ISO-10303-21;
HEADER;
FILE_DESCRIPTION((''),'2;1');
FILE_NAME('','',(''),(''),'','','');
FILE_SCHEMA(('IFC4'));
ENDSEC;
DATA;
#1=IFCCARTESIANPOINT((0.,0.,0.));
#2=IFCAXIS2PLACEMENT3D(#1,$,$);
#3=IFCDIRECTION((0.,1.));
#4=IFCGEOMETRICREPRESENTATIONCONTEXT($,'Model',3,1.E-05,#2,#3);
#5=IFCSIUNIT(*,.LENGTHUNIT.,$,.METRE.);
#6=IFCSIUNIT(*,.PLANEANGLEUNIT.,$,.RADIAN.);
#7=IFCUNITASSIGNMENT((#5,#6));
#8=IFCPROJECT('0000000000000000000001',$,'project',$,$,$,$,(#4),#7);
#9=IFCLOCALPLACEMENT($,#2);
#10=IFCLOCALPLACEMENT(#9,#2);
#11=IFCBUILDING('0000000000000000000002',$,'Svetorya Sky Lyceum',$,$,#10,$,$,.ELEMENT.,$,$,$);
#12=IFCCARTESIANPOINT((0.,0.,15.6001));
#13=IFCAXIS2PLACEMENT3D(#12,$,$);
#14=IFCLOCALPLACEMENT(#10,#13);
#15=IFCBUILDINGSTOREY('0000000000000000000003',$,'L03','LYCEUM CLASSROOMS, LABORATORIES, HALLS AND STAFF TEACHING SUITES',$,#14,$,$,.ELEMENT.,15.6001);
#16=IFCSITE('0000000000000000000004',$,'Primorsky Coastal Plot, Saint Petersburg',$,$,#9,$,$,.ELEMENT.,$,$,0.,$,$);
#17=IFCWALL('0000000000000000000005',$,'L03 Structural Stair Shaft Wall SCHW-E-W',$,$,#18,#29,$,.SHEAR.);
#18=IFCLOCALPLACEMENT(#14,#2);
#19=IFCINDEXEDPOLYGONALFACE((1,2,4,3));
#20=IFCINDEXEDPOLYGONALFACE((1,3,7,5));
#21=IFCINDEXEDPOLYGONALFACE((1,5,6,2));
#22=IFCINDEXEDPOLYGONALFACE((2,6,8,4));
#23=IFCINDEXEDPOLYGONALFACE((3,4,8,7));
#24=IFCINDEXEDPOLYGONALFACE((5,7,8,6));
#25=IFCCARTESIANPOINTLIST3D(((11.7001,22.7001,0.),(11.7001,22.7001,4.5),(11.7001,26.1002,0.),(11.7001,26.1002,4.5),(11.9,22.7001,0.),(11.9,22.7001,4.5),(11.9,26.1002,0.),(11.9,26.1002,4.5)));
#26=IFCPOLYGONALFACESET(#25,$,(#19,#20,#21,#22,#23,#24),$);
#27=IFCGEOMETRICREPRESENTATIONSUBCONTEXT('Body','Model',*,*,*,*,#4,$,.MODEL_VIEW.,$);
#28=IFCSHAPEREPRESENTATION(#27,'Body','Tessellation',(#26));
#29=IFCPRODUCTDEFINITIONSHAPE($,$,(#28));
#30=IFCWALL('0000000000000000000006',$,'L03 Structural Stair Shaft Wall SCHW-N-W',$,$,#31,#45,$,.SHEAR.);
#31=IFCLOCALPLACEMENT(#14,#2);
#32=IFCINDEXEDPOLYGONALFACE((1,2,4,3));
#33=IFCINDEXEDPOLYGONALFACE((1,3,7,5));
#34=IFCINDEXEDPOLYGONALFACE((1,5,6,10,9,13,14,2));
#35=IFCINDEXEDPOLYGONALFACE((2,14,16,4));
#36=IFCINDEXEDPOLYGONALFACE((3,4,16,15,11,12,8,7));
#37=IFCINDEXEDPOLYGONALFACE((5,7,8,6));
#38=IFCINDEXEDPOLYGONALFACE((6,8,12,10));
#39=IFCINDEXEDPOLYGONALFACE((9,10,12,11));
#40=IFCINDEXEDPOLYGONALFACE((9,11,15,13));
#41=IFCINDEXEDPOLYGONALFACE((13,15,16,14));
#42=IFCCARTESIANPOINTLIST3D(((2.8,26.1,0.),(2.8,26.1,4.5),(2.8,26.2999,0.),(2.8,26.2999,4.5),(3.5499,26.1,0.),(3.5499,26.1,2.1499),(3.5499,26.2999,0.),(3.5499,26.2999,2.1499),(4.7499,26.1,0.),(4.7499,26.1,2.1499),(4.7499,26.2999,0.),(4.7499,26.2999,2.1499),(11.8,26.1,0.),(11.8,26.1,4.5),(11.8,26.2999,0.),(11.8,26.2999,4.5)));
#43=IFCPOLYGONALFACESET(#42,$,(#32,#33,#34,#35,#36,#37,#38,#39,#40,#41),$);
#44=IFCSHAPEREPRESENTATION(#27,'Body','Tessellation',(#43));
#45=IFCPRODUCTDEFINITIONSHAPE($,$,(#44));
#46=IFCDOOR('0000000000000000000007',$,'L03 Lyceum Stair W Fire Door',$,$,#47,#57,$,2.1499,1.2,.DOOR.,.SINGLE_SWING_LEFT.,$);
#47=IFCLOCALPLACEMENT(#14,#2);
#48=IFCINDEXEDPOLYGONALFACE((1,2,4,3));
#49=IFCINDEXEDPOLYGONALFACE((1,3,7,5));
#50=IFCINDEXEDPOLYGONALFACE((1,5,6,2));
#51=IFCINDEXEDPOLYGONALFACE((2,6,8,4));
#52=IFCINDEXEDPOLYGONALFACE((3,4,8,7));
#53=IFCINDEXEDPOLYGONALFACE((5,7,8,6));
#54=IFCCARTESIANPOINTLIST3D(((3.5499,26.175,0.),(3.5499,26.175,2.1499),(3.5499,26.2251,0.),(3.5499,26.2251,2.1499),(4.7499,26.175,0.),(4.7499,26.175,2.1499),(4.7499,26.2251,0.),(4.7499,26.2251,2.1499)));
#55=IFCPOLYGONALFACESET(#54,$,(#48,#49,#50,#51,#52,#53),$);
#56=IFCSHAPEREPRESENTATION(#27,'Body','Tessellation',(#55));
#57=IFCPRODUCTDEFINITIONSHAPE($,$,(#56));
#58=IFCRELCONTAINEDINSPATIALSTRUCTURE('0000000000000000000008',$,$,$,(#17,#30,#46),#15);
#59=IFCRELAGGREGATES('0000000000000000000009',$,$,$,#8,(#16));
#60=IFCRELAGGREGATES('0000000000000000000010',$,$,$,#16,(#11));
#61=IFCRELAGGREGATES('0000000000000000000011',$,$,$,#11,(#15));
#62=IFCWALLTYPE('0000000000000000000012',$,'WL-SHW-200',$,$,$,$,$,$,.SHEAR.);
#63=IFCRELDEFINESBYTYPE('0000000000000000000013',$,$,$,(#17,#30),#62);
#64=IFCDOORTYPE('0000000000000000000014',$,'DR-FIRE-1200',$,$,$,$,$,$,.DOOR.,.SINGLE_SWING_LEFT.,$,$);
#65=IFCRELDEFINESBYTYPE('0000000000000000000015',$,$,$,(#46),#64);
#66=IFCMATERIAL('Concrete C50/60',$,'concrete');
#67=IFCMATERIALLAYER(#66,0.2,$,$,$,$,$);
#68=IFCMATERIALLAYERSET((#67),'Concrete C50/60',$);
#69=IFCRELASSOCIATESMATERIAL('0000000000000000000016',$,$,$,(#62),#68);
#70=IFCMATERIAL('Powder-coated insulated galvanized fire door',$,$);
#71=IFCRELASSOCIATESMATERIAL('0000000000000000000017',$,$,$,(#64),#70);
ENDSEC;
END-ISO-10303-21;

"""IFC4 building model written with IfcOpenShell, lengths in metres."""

from ifc_helpers import new_model, si_unit, direction, frame, frame_2d, origin, place, context, subcontext, project, spatial, rectangle, extrude, material, layer, layer_set, type_object, element, fill, save


model = new_model("IFC4")

# Units and contexts
model_context = context("Model", 3, precision=1e-05, world=origin(), true_north=direction((0.0, 1.0)))
body_context = subcontext(model_context, "Body", "Model", "MODEL_VIEW")
ifc_project = project(units=[si_unit("LENGTHUNIT", "METRE"), si_unit("PLANEANGLEUNIT", "RADIAN")], contexts=[model_context])

# Site, building, storey
site_placement = place(None, origin())
site = spatial("IfcSite", under=ifc_project, at=site_placement, Name="Primorsky Coastal Plot, Saint Petersburg", CompositionType="ELEMENT", RefElevation=0.0)
building_placement = place(site_placement, origin())
building = spatial("IfcBuilding", under=site, at=building_placement, Name="Svetorya Sky Lyceum", CompositionType="ELEMENT")
storey_placement = place(building_placement, frame((0.0, 0.0, 15.6001)))
storey = spatial("IfcBuildingStorey", under=building, at=storey_placement, Name="L03", Description="LYCEUM CLASSROOMS, LABORATORIES, HALLS AND STAFF TEACHING SUITES", CompositionType="ELEMENT", Elevation=15.6001)

# Wall
ifc_material_1 = material(Name="Concrete C50/60", Category="concrete")
ifc_layer_1 = layer(ifc_material_1, 0.2)
ifc_layer_set_1 = layer_set([ifc_layer_1], Name="Concrete C50/60")
wall_type_1 = type_object("IfcWallType", Name="WL-SHW-200", PredefinedType="SHEAR", material=ifc_layer_set_1)
wall_1_placement = place(storey_placement, frame((11.8, 22.7, 0.0), z_axis=(0.0, 0.0, 1.0), x_axis=(0.0, 1.0, 0.0)))
element("IfcWall", 1, at=wall_1_placement, inside=storey, type_object=wall_type_1, Name="L03 Structural Stair Shaft Wall SCHW-E-W", PredefinedType="SHEAR", context=body_context, shape_type="SweptSolid", body=[
    extrude(rectangle(XDim=3.4001, YDim=0.2, at=frame_2d((1.7002, 0.0))), origin(), (0.0, 0.0, 1.0), 4.5),
])

# Wall, opening, door
wall_2_placement = place(storey_placement, frame((11.8, 26.2, 0.0), z_axis=(0.0, 0.0, 1.0), x_axis=(-1.0, 0.0, 0.0)))
wall_2 = element("IfcWall", 2, at=wall_2_placement, inside=storey, type_object=wall_type_1, Name="L03 Structural Stair Shaft Wall SCHW-N-W", PredefinedType="SHEAR", context=body_context, shape_type="SweptSolid", body=[
    extrude(rectangle(XDim=9.0, YDim=0.2, at=frame_2d((4.5, 0.0))), origin(), (0.0, 0.0, 1.0), 4.5),
])
opening_1_placement = place(wall_2_placement, frame((7.05, 0.0, 0.0)))
opening_1 = element("IfcOpeningElement", 3, at=opening_1_placement, cuts=wall_2, PredefinedType="OPENING", context=body_context, shape_type="SweptSolid", body=[
    extrude(rectangle(XDim=1.2, YDim=2.1499, at=frame_2d((0.6001, 1.075))), frame((0.0, 0.1099, 0.0), z_axis=(0.0, -1.0, 0.0), x_axis=(1.0, 0.0, 0.0)), (0.0, 0.0, 1.0), 0.22),
])
ifc_material_2 = material(Name="Powder-coated insulated galvanized fire door")
door_type_1 = type_object("IfcDoorType", Name="DR-FIRE-1200", OperationType="SINGLE_SWING_LEFT", PredefinedType="DOOR", material=ifc_material_2)
door_1_placement = place(opening_1_placement, origin())
door_1 = element("IfcDoor", 4, at=door_1_placement, inside=storey, type_object=door_type_1, Name="L03 Lyceum Stair W Fire Door", OperationType="SINGLE_SWING_LEFT", OverallHeight=2.1499, OverallWidth=1.2, PredefinedType="DOOR", context=body_context, shape_type="SweptSolid", body=[
    extrude(rectangle(XDim=1.2, YDim=2.1499, at=frame_2d((0.6001, 1.075))), frame((0.0, 0.0249, 0.0), z_axis=(0.0, -1.0, 0.0), x_axis=(1.0, 0.0, 0.0)), (0.0, 0.0, 1.0), 0.05),
])
fill(opening_1, door_1)

save(model, "model.ifc")
